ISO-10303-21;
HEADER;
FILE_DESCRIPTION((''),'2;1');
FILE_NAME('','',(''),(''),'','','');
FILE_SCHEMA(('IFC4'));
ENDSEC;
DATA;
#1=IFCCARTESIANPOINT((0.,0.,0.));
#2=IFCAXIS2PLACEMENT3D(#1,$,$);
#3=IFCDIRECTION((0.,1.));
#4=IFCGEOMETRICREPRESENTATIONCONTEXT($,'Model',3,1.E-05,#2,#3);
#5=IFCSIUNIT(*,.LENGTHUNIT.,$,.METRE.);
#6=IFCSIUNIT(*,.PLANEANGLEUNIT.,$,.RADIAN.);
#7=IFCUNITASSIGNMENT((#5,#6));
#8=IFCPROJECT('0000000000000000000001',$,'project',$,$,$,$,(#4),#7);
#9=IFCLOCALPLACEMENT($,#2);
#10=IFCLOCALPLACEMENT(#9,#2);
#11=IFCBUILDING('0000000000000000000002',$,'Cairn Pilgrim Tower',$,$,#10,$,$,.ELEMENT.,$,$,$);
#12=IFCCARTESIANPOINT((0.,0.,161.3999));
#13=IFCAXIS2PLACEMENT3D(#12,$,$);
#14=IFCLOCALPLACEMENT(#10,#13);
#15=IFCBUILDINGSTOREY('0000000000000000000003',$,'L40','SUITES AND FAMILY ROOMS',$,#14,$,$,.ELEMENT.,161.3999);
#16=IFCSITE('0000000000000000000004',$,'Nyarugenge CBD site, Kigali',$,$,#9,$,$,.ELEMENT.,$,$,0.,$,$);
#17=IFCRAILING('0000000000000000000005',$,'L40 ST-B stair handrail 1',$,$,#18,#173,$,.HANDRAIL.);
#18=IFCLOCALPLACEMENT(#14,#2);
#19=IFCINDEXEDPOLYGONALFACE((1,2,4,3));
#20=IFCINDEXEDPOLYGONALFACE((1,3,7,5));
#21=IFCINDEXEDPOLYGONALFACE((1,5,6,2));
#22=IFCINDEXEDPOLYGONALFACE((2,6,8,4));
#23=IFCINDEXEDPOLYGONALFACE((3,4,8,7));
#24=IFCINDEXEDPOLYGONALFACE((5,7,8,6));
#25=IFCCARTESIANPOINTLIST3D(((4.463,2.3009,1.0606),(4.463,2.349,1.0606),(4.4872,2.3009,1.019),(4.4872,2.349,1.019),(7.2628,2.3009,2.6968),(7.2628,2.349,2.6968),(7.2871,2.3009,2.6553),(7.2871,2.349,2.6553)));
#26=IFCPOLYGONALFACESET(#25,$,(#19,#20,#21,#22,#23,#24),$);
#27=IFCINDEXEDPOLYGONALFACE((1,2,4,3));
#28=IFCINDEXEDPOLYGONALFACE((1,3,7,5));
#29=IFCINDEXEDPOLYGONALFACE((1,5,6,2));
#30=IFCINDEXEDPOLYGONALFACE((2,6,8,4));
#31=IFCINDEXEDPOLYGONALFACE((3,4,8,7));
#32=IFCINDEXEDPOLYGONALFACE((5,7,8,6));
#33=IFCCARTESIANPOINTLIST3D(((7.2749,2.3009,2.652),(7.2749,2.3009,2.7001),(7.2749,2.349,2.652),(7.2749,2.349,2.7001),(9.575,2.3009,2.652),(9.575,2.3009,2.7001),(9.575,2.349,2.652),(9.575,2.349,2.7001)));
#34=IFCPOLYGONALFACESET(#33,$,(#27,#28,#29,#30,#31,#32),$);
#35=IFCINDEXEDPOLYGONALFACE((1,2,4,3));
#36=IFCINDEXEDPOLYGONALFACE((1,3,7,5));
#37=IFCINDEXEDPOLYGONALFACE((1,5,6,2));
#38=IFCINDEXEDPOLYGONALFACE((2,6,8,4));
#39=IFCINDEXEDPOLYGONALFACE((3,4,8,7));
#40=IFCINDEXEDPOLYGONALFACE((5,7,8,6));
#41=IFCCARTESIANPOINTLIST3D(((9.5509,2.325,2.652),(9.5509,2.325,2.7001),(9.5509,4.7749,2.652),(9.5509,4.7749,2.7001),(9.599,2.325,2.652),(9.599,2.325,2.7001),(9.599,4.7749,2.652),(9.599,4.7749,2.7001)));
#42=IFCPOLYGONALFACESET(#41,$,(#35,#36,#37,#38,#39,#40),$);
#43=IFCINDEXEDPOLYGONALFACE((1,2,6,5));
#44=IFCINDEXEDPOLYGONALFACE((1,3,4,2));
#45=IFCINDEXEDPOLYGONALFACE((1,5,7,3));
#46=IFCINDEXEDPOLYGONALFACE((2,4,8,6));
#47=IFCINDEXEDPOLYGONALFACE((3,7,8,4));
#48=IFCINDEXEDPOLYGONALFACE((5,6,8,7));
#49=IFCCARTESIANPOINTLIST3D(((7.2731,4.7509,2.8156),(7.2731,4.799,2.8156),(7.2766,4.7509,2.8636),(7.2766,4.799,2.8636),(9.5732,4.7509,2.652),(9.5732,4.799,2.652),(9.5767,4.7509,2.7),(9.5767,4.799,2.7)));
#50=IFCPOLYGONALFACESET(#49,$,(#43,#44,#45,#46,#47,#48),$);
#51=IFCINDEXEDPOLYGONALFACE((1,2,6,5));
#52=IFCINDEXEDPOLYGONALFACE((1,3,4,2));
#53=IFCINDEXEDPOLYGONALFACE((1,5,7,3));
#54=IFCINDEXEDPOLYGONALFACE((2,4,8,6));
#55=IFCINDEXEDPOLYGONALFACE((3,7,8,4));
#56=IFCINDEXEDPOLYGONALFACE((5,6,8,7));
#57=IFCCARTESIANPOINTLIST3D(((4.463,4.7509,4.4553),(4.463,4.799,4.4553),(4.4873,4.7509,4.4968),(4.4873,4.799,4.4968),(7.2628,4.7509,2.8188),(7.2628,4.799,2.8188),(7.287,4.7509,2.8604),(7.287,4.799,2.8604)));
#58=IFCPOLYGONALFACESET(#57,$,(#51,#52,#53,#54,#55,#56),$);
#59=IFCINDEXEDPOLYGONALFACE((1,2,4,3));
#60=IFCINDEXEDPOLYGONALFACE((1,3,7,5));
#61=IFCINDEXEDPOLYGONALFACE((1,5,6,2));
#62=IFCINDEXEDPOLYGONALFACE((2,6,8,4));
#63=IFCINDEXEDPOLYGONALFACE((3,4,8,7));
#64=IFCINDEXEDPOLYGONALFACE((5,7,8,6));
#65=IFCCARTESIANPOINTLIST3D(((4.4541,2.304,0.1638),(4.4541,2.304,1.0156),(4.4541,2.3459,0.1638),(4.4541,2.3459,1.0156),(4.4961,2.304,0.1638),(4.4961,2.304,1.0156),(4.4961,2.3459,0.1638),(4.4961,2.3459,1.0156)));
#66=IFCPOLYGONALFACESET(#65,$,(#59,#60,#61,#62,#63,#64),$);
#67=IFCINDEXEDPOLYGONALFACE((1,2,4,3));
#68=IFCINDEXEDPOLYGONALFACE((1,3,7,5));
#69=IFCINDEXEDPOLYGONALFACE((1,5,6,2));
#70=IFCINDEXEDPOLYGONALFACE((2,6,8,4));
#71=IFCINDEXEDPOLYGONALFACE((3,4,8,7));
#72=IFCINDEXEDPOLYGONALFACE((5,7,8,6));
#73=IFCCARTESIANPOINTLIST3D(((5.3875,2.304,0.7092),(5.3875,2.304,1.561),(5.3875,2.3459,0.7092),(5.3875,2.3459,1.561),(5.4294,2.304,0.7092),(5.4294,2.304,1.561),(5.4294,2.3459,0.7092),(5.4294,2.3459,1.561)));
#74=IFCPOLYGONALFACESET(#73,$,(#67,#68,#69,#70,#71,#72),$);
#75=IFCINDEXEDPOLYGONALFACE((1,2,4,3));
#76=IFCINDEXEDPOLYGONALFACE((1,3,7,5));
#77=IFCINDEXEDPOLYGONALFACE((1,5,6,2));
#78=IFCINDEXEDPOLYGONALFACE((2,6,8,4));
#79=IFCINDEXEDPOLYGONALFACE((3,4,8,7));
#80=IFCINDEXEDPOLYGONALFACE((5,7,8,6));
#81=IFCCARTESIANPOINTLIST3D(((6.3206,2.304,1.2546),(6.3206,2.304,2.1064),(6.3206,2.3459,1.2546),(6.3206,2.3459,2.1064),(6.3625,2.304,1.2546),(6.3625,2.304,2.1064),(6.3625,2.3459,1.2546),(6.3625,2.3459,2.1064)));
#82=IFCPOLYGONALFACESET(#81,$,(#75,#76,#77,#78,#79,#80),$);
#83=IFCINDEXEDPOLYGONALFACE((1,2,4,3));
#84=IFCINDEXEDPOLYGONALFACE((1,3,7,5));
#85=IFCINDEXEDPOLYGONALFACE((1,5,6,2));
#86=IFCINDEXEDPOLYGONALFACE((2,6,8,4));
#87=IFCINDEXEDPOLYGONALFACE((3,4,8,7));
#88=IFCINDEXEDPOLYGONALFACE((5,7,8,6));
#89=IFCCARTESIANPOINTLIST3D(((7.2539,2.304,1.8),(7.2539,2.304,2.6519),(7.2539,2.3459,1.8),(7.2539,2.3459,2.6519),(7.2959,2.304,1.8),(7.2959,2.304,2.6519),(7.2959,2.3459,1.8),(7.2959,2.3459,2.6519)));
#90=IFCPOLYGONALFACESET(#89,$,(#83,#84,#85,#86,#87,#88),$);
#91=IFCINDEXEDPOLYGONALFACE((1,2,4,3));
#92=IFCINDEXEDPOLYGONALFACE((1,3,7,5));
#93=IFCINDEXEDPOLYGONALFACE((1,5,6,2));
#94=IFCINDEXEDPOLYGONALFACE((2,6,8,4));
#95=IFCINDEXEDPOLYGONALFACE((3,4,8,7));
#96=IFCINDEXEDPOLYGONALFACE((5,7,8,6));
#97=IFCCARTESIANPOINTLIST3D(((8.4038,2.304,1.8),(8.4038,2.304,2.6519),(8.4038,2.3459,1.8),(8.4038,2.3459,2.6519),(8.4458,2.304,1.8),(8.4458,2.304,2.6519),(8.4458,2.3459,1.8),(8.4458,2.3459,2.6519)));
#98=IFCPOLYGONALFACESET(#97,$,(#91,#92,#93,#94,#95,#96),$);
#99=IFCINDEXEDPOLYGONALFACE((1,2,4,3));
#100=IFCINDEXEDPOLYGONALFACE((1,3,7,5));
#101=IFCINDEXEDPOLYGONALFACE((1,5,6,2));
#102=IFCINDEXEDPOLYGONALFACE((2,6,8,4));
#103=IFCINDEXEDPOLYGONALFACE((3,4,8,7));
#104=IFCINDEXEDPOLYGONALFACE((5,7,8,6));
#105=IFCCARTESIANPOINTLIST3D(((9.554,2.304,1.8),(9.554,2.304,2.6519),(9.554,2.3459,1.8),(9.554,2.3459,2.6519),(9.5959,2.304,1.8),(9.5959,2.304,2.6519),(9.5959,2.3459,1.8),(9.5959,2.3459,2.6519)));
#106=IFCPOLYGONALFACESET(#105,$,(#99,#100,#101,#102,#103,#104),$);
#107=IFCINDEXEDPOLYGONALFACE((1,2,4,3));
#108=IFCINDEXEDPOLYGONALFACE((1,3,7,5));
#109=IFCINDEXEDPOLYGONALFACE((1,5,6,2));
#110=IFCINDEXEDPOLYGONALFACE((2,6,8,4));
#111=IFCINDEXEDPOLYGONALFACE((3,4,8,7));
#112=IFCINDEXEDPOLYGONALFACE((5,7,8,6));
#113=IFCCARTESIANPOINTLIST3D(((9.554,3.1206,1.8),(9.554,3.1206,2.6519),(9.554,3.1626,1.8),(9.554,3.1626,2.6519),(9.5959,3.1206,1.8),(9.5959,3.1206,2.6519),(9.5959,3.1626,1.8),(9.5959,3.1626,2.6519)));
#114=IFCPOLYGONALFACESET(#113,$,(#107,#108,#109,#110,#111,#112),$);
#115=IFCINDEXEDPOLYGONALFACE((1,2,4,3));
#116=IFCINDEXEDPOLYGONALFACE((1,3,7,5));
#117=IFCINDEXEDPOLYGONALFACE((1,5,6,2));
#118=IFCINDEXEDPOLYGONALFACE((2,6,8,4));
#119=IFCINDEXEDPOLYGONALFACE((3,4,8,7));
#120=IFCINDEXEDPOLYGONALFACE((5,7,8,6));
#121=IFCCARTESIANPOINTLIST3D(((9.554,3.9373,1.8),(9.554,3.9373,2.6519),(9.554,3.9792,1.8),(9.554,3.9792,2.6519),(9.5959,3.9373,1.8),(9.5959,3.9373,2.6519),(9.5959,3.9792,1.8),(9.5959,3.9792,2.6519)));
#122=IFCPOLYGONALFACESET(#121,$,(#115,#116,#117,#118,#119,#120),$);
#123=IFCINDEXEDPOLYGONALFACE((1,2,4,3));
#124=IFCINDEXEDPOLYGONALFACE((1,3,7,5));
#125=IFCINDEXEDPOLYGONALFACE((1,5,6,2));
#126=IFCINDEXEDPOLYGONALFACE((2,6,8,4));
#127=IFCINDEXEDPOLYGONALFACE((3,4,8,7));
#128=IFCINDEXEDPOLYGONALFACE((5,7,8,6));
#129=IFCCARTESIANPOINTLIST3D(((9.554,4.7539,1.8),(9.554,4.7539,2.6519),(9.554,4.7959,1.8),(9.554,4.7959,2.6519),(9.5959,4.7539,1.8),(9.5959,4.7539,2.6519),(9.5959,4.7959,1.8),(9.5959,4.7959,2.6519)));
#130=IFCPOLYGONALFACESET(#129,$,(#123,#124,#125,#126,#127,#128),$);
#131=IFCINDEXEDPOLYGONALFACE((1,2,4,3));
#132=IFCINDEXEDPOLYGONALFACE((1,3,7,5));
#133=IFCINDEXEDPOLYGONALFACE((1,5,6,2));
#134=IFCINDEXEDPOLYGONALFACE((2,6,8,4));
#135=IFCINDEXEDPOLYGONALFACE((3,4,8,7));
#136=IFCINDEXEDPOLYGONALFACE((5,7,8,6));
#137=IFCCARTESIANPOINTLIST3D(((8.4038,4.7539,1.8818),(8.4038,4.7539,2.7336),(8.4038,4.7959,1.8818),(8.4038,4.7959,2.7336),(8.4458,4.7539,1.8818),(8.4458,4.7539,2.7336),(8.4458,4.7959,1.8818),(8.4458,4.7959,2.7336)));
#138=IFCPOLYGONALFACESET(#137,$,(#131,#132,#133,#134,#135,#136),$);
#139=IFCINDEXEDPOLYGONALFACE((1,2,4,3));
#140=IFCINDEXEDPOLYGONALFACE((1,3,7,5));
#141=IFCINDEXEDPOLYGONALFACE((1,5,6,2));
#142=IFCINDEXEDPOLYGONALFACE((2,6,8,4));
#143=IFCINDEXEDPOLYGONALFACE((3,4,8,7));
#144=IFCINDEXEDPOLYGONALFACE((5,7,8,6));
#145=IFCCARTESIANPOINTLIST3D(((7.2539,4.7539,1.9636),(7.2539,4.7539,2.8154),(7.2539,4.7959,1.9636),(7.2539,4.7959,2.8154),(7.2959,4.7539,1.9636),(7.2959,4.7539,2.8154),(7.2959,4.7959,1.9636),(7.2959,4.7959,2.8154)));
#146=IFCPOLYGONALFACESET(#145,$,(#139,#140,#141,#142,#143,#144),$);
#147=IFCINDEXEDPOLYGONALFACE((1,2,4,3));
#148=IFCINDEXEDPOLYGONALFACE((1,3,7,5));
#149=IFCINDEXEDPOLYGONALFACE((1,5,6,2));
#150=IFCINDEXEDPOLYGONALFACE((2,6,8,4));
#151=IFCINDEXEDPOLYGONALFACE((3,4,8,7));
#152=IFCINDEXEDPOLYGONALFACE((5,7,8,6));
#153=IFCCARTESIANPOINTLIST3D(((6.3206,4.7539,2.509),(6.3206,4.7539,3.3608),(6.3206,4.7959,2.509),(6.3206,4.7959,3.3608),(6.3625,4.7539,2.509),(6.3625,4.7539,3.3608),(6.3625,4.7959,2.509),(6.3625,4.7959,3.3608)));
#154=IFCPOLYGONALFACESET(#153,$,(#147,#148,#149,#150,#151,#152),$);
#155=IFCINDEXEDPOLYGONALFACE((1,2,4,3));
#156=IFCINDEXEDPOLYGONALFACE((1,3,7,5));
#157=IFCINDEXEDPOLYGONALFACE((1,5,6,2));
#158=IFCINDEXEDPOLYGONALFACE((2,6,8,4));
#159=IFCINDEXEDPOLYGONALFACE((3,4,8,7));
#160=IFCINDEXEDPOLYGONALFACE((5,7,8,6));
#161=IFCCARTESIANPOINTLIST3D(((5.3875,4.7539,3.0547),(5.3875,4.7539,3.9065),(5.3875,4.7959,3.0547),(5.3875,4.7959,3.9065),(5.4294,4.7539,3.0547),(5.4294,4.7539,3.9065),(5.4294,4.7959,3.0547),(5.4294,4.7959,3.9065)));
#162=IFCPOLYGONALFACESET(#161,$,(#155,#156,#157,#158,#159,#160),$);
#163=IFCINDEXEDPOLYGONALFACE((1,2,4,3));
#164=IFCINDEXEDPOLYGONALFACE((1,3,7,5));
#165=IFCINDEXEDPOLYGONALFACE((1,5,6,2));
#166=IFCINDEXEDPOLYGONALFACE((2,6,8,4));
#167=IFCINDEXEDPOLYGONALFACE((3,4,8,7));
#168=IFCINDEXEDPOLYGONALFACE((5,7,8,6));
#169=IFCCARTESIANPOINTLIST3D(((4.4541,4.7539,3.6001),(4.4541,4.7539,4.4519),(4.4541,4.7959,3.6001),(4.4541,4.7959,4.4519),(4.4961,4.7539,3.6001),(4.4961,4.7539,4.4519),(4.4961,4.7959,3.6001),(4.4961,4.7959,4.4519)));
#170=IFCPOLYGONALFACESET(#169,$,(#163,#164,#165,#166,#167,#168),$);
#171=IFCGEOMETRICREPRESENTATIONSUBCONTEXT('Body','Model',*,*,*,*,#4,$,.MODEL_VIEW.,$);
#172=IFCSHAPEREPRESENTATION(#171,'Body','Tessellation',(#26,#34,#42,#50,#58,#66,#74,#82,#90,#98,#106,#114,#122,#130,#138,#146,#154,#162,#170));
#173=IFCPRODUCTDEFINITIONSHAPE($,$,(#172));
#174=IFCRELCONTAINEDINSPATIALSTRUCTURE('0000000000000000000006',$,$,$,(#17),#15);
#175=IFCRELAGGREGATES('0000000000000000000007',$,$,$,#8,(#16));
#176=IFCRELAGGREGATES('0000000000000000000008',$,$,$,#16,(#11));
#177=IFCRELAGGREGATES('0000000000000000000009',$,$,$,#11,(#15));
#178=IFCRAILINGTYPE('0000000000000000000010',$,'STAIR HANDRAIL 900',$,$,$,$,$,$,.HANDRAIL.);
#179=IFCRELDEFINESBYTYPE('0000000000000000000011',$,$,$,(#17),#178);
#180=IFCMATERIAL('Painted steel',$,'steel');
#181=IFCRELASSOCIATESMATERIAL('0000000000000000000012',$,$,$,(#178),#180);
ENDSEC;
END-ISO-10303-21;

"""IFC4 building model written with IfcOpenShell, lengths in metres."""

from ifc_helpers import new_model, si_unit, direction, frame, origin, origin_2d, place, context, subcontext, project, spatial, rectangle, extrude, material, type_object, element, save


model = new_model("IFC4")

# Units and contexts
model_context = context("Model", 3, precision=1e-05, world=origin(), true_north=direction((0.0, 1.0)))
body_context = subcontext(model_context, "Body", "Model", "MODEL_VIEW")
ifc_project = project(units=[si_unit("LENGTHUNIT", "METRE"), si_unit("PLANEANGLEUNIT", "RADIAN")], contexts=[model_context])

# Site, building, storey
site_placement = place(None, origin())
site = spatial("IfcSite", under=ifc_project, at=site_placement, Name="Nyarugenge CBD site, Kigali", CompositionType="ELEMENT", RefElevation=0.0)
building_placement = place(site_placement, origin())
building = spatial("IfcBuilding", under=site, at=building_placement, Name="Cairn Pilgrim Tower", CompositionType="ELEMENT")
storey_placement = place(building_placement, frame((0.0, 0.0, 161.3999)))
storey = spatial("IfcBuildingStorey", under=building, at=storey_placement, Name="L40", Description="SUITES AND FAMILY ROOMS", CompositionType="ELEMENT", Elevation=161.3999)

# Shared definitions
ifc_material_1 = material(Name="Painted steel", Category="steel")

# Railing
railing_type_1 = type_object("IfcRailingType", Name="STAIR HANDRAIL 900", PredefinedType="HANDRAIL", material=ifc_material_1)
railing_1_placement = place(storey_placement, frame((4.4751, 2.325, 0.1638)))
element("IfcRailing", 1, at=railing_1_placement, inside=storey, type_object=railing_type_1, Name="L40 ST-B stair handrail 1", PredefinedType="HANDRAIL", context=body_context, shape_type="SweptSolid", body=[
    extrude(rectangle(XDim=0.0481, YDim=0.0481, at=origin_2d()), frame((0.0, 0.0, 0.876), z_axis=(0.863374, 0.0, 0.504564), x_axis=(0.0, 1.0, 0.0)), (0.0, 0.0, 1.0), 3.2429),
    extrude(rectangle(XDim=0.0481, YDim=0.0481, at=origin_2d()), frame((2.7998, 0.0, 2.5122), z_axis=(1.0, 0.0, 0.0), x_axis=(0.0, 1.0, 0.0)), (0.0, 0.0, 1.0), 2.3),
    extrude(rectangle(XDim=0.0481, YDim=0.0481, at=origin_2d()), frame((5.0999, 0.0, 2.5122), z_axis=(0.0, 1.0, 0.0), x_axis=(-1.0, 0.0, 0.0)), (0.0, 0.0, 1.0), 2.45),
    extrude(rectangle(XDim=0.0481, YDim=0.0481, at=origin_2d()), frame((5.0999, 2.45, 2.5122), z_axis=(-0.997481, 0.0, 0.070939), x_axis=(0.0, -1.0, 0.0)), (0.0, 0.0, 1.0), 2.3059),
    extrude(rectangle(XDim=0.0481, YDim=0.0481, at=origin_2d()), frame((2.7998, 2.45, 2.6758), z_axis=(-0.863342, 0.0, 0.50462), x_axis=(0.0, -1.0, 0.0)), (0.0, 0.0, 1.0), 3.2429),
    extrude(rectangle(XDim=0.042, YDim=0.042, at=origin_2d()), origin(), (0.0, 0.0, 1.0), 0.8518),
    extrude(rectangle(XDim=0.042, YDim=0.042, at=origin_2d()), frame((0.9333, 0.0, 0.5454)), (0.0, 0.0, 1.0), 0.8518),
    extrude(rectangle(XDim=0.042, YDim=0.042, at=origin_2d()), frame((1.8665, 0.0, 1.0908)), (0.0, 0.0, 1.0), 0.8518),
    extrude(rectangle(XDim=0.042, YDim=0.042, at=origin_2d()), frame((2.7998, 0.0, 1.6362)), (0.0, 0.0, 1.0), 0.8518),
    extrude(rectangle(XDim=0.042, YDim=0.042, at=origin_2d()), frame((3.9497, 0.0, 1.6362)), (0.0, 0.0, 1.0), 0.8518),
    extrude(rectangle(XDim=0.042, YDim=0.042, at=origin_2d()), frame((5.0999, 0.0, 1.6362)), (0.0, 0.0, 1.0), 0.8518),
    extrude(rectangle(XDim=0.042, YDim=0.042, at=origin_2d()), frame((5.0999, 0.8167, 1.6362)), (0.0, 0.0, 1.0), 0.8518),
    extrude(rectangle(XDim=0.042, YDim=0.042, at=origin_2d()), frame((5.0999, 1.6333, 1.6362)), (0.0, 0.0, 1.0), 0.8518),
    extrude(rectangle(XDim=0.042, YDim=0.042, at=origin_2d()), frame((5.0999, 2.45, 1.6362)), (0.0, 0.0, 1.0), 0.8518),
    extrude(rectangle(XDim=0.042, YDim=0.042, at=origin_2d()), frame((3.9497, 2.45, 1.718)), (0.0, 0.0, 1.0), 0.8518),
    extrude(rectangle(XDim=0.042, YDim=0.042, at=origin_2d()), frame((2.7998, 2.45, 1.7998)), (0.0, 0.0, 1.0), 0.8518),
    extrude(rectangle(XDim=0.042, YDim=0.042, at=origin_2d()), frame((1.8665, 2.45, 2.3452)), (0.0, 0.0, 1.0), 0.8518),
    extrude(rectangle(XDim=0.042, YDim=0.042, at=origin_2d()), frame((0.9333, 2.45, 2.8909)), (0.0, 0.0, 1.0), 0.8518),
    extrude(rectangle(XDim=0.042, YDim=0.042, at=origin_2d()), frame((0.0, 2.45, 3.4363)), (0.0, 0.0, 1.0), 0.8518),
])

save(model, "model.ifc")
